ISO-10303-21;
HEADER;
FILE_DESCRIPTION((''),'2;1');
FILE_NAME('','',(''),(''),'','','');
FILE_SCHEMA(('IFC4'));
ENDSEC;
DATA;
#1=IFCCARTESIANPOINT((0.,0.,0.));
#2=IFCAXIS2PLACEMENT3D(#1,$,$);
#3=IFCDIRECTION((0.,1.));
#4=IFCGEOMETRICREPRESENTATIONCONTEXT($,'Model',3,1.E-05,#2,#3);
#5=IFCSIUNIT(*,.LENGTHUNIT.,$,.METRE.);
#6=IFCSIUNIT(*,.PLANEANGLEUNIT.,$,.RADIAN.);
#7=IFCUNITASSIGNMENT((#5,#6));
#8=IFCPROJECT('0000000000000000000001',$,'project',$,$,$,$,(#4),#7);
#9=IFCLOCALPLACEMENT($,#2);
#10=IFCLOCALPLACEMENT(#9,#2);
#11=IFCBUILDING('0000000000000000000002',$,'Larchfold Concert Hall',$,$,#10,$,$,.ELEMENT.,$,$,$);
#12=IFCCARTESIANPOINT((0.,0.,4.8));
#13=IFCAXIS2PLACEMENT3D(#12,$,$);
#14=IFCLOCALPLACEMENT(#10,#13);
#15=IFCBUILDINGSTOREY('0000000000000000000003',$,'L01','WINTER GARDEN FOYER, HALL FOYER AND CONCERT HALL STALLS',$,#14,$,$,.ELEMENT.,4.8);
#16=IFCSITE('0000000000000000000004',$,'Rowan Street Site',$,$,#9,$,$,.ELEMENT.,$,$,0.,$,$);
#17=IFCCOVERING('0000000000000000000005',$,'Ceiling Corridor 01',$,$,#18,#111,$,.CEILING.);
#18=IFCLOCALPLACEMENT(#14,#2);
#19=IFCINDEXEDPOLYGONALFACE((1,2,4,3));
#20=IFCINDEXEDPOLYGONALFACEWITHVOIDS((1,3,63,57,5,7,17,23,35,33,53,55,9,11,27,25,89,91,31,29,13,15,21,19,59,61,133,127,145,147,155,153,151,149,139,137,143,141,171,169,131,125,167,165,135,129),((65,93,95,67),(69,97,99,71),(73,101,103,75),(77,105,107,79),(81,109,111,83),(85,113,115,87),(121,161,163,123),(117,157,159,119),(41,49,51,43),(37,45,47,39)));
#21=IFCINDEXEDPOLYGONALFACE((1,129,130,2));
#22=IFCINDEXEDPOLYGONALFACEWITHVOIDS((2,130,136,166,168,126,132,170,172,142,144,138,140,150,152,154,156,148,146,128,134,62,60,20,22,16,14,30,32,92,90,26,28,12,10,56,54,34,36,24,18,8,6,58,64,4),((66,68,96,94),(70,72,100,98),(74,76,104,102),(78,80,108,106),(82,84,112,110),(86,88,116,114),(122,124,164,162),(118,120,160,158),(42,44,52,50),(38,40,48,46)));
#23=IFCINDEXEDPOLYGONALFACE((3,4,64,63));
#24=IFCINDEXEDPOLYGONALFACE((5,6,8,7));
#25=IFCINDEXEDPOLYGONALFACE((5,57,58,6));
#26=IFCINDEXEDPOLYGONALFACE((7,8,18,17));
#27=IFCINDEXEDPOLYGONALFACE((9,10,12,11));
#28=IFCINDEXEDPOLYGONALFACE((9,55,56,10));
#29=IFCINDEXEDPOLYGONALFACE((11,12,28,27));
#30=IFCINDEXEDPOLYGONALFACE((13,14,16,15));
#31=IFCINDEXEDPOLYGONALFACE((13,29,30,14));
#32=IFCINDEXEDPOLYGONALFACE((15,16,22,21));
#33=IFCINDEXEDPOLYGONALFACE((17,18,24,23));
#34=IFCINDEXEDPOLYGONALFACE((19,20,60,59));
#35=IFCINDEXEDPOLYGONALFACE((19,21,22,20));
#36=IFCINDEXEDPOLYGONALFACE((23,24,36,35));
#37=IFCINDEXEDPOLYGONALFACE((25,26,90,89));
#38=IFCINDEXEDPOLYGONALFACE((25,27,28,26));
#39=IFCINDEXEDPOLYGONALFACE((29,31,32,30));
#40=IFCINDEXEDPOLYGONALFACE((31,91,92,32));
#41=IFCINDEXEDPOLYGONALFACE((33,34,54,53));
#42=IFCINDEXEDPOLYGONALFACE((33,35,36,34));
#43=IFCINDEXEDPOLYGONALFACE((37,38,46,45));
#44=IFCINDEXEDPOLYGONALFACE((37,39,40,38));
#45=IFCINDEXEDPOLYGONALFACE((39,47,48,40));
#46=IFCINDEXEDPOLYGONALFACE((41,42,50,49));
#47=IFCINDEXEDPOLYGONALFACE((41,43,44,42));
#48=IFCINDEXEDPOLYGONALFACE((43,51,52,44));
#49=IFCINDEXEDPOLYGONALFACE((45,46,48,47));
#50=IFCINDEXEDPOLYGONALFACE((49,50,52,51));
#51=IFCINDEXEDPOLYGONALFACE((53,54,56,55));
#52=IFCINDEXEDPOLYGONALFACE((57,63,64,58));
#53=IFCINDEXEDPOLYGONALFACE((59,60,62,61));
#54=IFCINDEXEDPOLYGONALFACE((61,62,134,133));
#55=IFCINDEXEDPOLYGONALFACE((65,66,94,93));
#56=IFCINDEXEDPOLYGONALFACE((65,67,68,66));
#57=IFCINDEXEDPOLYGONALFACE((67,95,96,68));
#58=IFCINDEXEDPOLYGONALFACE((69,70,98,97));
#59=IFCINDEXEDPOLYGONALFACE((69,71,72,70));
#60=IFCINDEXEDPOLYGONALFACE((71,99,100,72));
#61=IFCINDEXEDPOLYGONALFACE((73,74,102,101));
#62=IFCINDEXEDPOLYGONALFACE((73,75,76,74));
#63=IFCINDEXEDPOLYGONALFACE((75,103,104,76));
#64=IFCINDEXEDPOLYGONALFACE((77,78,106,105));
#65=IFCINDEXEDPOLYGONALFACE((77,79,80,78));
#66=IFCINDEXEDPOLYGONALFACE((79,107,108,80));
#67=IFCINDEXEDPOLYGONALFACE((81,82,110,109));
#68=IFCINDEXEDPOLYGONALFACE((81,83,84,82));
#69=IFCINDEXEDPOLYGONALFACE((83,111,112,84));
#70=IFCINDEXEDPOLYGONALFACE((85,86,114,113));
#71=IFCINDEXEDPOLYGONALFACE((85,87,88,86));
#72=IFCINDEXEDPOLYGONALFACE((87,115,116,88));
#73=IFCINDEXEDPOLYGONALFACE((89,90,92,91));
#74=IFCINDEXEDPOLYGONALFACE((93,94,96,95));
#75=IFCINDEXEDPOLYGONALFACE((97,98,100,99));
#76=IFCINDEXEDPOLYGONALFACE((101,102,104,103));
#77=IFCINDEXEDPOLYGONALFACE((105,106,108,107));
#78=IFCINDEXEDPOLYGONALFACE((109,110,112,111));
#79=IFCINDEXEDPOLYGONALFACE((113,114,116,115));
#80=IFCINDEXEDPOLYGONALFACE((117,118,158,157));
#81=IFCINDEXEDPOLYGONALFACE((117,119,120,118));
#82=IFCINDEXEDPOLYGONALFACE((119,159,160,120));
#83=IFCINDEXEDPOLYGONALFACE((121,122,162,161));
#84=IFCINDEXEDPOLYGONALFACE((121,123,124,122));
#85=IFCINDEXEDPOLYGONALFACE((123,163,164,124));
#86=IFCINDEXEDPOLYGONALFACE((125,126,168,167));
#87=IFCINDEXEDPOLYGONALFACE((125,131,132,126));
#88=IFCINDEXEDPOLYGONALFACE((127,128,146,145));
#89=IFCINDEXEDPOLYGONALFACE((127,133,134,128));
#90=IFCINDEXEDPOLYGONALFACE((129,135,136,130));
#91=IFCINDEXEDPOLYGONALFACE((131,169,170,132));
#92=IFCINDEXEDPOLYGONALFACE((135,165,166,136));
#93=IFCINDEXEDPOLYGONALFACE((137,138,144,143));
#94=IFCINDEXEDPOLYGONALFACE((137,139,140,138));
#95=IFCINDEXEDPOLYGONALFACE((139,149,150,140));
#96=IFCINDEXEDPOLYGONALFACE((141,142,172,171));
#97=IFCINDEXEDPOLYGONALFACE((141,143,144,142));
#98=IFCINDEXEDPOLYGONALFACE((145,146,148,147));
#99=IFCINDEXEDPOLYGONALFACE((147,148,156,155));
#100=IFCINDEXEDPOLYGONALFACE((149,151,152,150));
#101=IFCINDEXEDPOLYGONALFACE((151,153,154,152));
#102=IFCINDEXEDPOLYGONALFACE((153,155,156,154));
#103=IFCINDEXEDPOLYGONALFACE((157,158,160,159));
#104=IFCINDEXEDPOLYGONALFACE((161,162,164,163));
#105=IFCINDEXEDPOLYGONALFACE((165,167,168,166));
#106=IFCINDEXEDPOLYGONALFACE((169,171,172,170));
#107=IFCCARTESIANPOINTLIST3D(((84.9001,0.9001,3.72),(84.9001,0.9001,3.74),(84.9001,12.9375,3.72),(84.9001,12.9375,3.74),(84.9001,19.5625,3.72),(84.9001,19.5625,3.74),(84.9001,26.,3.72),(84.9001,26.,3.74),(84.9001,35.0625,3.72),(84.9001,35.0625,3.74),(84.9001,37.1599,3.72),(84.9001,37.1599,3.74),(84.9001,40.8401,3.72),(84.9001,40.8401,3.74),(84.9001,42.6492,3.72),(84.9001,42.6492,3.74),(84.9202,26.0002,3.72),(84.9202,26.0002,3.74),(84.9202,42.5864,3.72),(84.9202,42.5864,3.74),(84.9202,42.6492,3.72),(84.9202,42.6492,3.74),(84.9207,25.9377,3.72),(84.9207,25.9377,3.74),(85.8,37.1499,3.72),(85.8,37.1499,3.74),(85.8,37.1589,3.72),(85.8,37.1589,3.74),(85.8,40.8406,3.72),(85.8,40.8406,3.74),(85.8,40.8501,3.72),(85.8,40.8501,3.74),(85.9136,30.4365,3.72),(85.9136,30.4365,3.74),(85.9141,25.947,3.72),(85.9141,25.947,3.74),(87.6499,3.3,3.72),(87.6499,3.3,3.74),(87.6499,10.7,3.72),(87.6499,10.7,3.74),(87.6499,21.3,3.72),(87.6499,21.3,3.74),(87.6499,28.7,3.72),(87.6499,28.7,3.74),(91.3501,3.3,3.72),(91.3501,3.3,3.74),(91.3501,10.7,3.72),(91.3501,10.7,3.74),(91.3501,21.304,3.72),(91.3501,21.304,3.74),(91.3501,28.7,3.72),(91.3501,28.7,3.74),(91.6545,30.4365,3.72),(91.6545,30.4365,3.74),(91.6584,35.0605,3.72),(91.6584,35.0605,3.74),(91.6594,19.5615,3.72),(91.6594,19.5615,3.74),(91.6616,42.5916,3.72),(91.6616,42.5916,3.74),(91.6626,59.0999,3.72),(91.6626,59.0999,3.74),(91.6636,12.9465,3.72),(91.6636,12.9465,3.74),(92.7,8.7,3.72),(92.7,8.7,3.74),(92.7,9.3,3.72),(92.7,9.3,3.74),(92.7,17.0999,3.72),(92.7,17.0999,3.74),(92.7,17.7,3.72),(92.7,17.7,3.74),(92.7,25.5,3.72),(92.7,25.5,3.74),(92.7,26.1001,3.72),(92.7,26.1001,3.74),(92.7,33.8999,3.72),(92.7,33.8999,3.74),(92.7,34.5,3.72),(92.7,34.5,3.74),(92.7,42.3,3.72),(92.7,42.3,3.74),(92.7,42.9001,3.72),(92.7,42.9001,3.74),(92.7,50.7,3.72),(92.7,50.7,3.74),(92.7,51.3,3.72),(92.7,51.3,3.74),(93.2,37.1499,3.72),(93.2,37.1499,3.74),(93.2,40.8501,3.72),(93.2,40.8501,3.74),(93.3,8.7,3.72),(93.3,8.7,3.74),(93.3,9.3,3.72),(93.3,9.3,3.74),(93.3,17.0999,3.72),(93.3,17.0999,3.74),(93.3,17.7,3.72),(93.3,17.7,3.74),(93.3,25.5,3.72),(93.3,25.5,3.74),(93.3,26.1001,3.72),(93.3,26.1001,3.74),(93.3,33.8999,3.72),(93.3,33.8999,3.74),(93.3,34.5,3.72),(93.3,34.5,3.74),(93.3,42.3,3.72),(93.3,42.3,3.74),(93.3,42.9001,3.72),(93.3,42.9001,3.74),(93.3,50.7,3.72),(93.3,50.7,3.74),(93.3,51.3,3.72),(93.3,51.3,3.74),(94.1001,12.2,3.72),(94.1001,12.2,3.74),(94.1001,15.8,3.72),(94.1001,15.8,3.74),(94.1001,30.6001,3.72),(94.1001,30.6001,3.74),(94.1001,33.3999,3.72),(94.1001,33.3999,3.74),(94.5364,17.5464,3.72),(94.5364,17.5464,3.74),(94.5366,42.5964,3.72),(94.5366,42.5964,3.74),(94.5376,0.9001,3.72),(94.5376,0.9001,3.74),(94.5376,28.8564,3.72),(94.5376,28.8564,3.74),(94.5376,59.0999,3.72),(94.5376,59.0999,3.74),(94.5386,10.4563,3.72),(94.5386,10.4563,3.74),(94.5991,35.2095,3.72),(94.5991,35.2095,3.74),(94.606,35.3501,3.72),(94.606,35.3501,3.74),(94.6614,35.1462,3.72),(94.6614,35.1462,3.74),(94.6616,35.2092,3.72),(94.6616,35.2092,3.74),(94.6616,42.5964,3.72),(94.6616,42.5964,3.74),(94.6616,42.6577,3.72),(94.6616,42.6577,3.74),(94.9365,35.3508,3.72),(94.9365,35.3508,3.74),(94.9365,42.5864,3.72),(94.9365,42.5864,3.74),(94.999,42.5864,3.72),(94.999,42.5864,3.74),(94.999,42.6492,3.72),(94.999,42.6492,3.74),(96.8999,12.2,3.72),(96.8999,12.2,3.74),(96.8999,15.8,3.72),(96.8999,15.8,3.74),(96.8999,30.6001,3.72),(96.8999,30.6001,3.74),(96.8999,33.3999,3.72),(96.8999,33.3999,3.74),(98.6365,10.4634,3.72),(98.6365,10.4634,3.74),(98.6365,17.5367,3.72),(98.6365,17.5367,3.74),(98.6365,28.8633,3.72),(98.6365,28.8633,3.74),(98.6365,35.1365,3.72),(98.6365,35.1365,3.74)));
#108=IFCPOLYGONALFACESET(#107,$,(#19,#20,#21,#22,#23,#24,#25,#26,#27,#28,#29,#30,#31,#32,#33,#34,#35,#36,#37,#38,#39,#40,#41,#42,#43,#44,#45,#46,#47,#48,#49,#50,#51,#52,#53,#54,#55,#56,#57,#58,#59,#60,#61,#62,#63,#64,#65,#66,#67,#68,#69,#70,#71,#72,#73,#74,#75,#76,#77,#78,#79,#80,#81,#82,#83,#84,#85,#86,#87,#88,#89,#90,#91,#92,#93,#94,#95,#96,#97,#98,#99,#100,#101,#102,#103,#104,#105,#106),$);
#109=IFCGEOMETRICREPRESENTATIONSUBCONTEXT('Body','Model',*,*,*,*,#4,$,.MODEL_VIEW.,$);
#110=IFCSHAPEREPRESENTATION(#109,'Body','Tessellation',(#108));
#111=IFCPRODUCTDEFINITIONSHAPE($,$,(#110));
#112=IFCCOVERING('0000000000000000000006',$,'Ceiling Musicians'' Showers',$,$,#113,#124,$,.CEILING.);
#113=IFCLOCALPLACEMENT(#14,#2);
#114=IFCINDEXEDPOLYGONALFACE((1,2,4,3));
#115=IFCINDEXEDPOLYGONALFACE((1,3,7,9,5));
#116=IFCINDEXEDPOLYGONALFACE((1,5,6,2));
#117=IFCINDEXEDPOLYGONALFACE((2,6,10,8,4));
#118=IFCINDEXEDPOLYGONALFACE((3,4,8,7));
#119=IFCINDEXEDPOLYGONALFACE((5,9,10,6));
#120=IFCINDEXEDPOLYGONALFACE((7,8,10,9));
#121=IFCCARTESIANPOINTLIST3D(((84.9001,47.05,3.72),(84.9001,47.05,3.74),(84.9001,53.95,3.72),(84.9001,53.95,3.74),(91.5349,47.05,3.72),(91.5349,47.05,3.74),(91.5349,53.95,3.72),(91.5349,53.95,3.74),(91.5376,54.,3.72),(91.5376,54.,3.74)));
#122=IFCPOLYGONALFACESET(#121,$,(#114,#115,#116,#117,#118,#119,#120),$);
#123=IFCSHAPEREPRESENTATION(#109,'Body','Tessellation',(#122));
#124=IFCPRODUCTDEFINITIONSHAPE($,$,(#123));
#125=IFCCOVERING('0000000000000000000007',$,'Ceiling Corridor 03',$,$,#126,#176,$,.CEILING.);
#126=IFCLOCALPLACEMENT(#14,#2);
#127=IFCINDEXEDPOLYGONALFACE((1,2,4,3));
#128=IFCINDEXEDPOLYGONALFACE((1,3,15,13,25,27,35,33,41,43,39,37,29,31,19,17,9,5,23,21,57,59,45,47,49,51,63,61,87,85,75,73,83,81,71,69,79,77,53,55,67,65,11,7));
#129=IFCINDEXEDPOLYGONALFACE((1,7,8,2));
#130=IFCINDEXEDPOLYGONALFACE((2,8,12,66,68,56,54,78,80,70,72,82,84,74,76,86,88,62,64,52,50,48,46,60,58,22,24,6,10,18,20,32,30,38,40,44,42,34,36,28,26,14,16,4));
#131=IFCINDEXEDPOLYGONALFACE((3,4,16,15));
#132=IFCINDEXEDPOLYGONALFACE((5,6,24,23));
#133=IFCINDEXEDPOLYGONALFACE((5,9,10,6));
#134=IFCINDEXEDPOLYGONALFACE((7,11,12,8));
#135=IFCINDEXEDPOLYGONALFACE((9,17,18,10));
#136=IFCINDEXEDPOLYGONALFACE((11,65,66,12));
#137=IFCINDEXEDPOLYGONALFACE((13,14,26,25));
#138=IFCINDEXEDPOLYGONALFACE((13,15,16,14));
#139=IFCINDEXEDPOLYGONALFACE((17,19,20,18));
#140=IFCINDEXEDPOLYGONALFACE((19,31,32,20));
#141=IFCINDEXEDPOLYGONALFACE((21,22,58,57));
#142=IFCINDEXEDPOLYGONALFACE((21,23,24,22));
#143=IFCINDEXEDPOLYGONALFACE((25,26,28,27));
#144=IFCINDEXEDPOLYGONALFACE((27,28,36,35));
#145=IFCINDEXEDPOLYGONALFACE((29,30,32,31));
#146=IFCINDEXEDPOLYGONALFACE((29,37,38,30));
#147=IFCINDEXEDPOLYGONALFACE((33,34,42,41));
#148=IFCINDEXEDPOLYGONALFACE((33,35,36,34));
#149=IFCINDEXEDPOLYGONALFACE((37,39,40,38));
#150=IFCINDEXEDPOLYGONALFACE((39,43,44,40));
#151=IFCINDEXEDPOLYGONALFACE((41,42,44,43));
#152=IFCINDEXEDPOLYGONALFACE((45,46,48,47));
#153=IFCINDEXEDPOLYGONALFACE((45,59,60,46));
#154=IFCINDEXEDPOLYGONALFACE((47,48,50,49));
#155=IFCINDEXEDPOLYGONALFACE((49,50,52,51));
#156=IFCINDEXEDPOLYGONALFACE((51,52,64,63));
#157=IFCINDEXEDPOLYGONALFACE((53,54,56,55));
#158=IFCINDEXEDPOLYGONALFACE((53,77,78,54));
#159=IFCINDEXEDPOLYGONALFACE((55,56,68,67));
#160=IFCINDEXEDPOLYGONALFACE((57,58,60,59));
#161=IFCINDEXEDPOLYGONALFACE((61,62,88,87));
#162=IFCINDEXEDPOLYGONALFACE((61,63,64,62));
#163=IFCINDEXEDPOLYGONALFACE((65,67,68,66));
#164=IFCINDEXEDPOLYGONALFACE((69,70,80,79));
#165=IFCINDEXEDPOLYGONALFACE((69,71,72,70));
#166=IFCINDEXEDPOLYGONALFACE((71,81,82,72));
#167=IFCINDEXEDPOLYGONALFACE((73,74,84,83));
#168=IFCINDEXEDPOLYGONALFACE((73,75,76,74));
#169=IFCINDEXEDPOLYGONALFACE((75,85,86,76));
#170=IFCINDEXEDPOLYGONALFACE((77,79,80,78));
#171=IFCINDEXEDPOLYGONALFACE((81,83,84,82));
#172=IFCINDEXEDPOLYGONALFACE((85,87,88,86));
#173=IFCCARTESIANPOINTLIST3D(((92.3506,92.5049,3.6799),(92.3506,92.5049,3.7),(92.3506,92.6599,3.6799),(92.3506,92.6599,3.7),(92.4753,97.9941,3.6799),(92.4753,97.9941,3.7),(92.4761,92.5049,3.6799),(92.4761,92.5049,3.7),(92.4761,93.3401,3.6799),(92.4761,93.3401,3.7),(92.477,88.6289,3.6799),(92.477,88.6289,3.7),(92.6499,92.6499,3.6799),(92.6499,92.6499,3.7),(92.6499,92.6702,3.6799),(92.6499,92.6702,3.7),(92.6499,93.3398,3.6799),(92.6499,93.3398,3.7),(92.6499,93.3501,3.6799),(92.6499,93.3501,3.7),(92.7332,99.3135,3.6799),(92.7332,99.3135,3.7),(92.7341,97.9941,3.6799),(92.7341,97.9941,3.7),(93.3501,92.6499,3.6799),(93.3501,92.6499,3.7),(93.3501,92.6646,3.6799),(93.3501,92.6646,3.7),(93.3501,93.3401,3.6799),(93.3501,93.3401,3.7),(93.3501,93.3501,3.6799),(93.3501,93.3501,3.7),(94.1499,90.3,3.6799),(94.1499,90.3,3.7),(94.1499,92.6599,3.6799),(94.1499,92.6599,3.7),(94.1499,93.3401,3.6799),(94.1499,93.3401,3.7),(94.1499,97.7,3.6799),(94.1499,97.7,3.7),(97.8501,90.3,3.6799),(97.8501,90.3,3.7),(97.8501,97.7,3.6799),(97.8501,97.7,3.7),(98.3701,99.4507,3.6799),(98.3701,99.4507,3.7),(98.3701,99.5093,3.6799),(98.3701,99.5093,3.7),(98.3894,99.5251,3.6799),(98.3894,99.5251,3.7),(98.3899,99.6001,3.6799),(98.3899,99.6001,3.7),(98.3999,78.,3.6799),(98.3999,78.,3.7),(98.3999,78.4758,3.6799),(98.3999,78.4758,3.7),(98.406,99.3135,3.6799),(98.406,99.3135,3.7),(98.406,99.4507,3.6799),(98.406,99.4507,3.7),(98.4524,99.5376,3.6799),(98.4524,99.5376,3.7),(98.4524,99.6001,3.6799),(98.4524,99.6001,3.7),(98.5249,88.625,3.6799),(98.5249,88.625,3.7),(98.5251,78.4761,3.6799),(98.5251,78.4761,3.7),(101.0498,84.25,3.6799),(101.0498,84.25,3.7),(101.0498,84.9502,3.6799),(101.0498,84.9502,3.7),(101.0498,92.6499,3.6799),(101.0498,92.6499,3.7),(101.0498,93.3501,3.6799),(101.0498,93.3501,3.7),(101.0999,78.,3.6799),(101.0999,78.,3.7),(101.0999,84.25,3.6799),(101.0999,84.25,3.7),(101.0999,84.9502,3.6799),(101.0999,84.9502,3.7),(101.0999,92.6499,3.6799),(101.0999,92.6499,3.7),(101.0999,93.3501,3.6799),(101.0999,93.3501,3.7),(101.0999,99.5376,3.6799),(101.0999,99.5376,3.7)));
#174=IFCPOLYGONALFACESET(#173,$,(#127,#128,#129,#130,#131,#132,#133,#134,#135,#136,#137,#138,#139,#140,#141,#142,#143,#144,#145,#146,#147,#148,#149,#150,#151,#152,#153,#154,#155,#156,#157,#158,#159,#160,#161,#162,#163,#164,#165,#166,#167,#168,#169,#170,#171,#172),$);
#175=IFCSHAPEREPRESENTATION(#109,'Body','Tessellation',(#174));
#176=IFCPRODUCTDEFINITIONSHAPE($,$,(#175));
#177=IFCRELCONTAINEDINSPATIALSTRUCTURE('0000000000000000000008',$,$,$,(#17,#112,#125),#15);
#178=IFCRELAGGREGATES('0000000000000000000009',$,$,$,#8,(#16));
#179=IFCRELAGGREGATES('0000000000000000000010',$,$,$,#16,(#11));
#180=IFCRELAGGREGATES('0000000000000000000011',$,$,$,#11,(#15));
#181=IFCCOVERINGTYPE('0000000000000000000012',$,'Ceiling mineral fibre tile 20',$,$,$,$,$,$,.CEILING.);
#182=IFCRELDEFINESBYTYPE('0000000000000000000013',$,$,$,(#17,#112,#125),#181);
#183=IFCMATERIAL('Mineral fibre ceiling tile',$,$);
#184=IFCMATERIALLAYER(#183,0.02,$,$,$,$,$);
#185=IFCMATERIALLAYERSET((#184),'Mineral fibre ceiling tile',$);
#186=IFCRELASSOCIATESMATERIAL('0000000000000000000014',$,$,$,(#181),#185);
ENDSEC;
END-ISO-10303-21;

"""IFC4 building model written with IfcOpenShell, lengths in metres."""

from ifc_helpers import new_model, si_unit, direction, frame, origin, place, context, subcontext, project, spatial, polyline, outline, extrude, material, layer, layer_set, type_object, element, save


model = new_model("IFC4")

# Units and contexts
model_context = context("Model", 3, precision=1e-05, world=origin(), true_north=direction((0.0, 1.0)))
body_context = subcontext(model_context, "Body", "Model", "MODEL_VIEW")
ifc_project = project(units=[si_unit("LENGTHUNIT", "METRE"), si_unit("PLANEANGLEUNIT", "RADIAN")], contexts=[model_context])

# Site, building, storey
site_placement = place(None, origin())
site = spatial("IfcSite", under=ifc_project, at=site_placement, Name="Rowan Street Site", CompositionType="ELEMENT", RefElevation=0.0)
building_placement = place(site_placement, origin())
building = spatial("IfcBuilding", under=site, at=building_placement, Name="Larchfold Concert Hall", CompositionType="ELEMENT")
storey_placement = place(building_placement, frame((0.0, 0.0, 4.8)))
storey = spatial("IfcBuildingStorey", under=building, at=storey_placement, Name="L01", Description="WINTER GARDEN FOYER, HALL FOYER AND CONCERT HALL STALLS", CompositionType="ELEMENT", Elevation=4.8)

# Coverings
ifc_material_1 = material(Name="Mineral fibre ceiling tile")
ifc_layer_1 = layer(ifc_material_1, 0.02)
ifc_layer_set_1 = layer_set([ifc_layer_1], Name="Mineral fibre ceiling tile")
covering_type_1 = type_object("IfcCoveringType", Name="Ceiling mineral fibre tile 20", PredefinedType="CEILING", material=ifc_layer_set_1)
covering_1_placement = place(storey_placement, frame((0.0, 0.0, 3.72)))
element("IfcCovering", 1, at=covering_1_placement, inside=storey, type_object=covering_type_1, Name="Ceiling Corridor 01", PredefinedType="CEILING", context=body_context, shape_type="SweptSolid", body=[
    extrude(outline(polyline([(85.8, 37.1499), (85.8, 37.1589), (84.9001, 37.1599), (84.9001, 35.0625), (91.6584, 35.0605), (91.6545, 30.4365), (85.9136, 30.4365), (85.9141, 25.947), (84.9207, 25.9377), (84.9202, 26.0002), (84.9001, 26.0), (84.9001, 19.5625), (91.6594, 19.5615), (91.6636, 12.9465), (84.9001, 12.9375), (84.9001, 0.9001), (94.5376, 0.9001), (94.5386, 10.4563), (98.6365, 10.4634), (98.6365, 17.5366), (98.6614, 17.5366), (94.5364, 17.5464), (94.5376, 28.8564), (98.6365, 28.8633), (98.6365, 35.1365), (98.6614, 35.1365), (94.6614, 35.1462), (94.6616, 35.2092), (94.5991, 35.2095), (94.606, 35.3501), (94.9365, 35.3508), (94.9365, 42.5864), (94.999, 42.5864), (94.999, 42.6492), (94.6616, 42.6577), (94.6616, 42.5964), (94.5366, 42.5964), (94.5376, 59.0999), (91.6626, 59.0999), (91.6616, 42.5916), (84.9202, 42.5864), (84.9202, 42.6492), (84.9001, 42.6492), (84.9001, 40.8401), (85.8, 40.8406), (85.8, 40.8501), (93.2, 40.8501), (93.2, 37.1499), (85.8, 37.1499)]), holes=[polyline([(96.8999, 12.2), (94.1001, 12.2), (94.1001, 15.8), (96.8999, 15.8), (96.8999, 12.2)]), polyline([(96.8999, 30.6001), (94.1001, 30.6001), (94.1001, 33.3999), (96.8999, 33.3999), (96.8999, 30.6001)]), polyline([(93.3, 9.3), (93.3, 8.7), (92.7, 8.7), (92.7, 9.3), (93.3, 9.3)]), polyline([(93.3, 17.0999), (92.7, 17.0999), (92.7, 17.7), (93.3, 17.7), (93.3, 17.0999)]), polyline([(93.3, 26.1001), (93.3, 25.5), (92.7, 25.5), (92.7, 26.1001), (93.3, 26.1001)]), polyline([(93.3, 34.5), (93.3, 33.8999), (92.7, 33.8999), (92.7, 34.5), (93.3, 34.5)]), polyline([(93.3, 42.9001), (93.3, 42.3), (92.7, 42.3), (92.7, 42.9001), (93.3, 42.9001)]), polyline([(93.3, 51.3), (93.3, 50.7), (92.7, 50.7), (92.7, 51.3), (93.3, 51.3)]), polyline([(91.3501, 3.3), (87.6499, 3.3), (87.6499, 10.7), (91.3501, 10.7), (91.3501, 3.3)]), polyline([(91.3501, 21.304), (87.6499, 21.3), (87.6499, 28.7), (91.3501, 28.7), (91.3501, 21.304)])]), origin(), (0.0, 0.0, 1.0), 0.02),
])
covering_2_placement = place(storey_placement, frame((0.0, 0.0, 3.72)))
element("IfcCovering", 2, at=covering_2_placement, inside=storey, type_object=covering_type_1, Name="Ceiling Musicians' Showers", PredefinedType="CEILING", context=body_context, shape_type="SweptSolid", body=[
    extrude(outline(polyline([(91.5349, 47.0), (91.5376, 54.0), (91.5349, 53.95), (84.9001, 53.95), (84.9001, 47.05), (91.5349, 47.05), (91.5349, 47.0)])), origin(), (0.0, 0.0, 1.0), 0.02),
])
covering_3_placement = place(storey_placement, frame((0.0, 0.0, 3.6799)))
element("IfcCovering", 3, at=covering_3_placement, inside=storey, type_object=covering_type_1, Name="Ceiling Corridor 03", PredefinedType="CEILING", context=body_context, shape_type="SweptSolid", body=[
    extrude(outline(polyline([(92.4761, 92.5049), (92.4771, 88.501), (92.4771, 88.6289), (98.5249, 88.625), (98.5251, 78.4761), (98.3999, 78.4758), (98.3999, 78.0), (101.0999, 78.0), (101.0999, 84.25), (101.0498, 84.25), (101.0498, 84.9502), (101.0999, 84.9502), (101.0999, 92.6499), (101.0498, 92.6499), (101.0498, 93.3501), (101.0999, 93.3501), (101.0999, 99.5376), (98.4524, 99.5376), (98.4524, 99.6001), (98.3899, 99.6001), (98.3894, 99.5251), (98.3701, 99.5093), (98.3701, 99.4507), (98.406, 99.4507), (98.406, 99.3135), (92.7332, 99.3135), (92.7341, 97.9941), (92.4753, 97.9941), (92.4761, 93.3401), (92.6499, 93.3398), (92.6499, 93.3501), (93.3501, 93.3501), (93.3501, 93.3401), (94.1499, 93.3401), (94.1499, 97.7), (97.8501, 97.7), (97.8501, 90.3), (94.1499, 90.3), (94.1499, 92.6599), (93.3501, 92.6646), (93.3501, 92.6499), (92.6499, 92.6499), (92.6499, 92.6702), (92.3506, 92.6599), (92.3506, 92.5049), (92.4761, 92.5049)])), origin(), (0.0, 0.0, 1.0), 0.02),
])

save(model, "model.ifc")
